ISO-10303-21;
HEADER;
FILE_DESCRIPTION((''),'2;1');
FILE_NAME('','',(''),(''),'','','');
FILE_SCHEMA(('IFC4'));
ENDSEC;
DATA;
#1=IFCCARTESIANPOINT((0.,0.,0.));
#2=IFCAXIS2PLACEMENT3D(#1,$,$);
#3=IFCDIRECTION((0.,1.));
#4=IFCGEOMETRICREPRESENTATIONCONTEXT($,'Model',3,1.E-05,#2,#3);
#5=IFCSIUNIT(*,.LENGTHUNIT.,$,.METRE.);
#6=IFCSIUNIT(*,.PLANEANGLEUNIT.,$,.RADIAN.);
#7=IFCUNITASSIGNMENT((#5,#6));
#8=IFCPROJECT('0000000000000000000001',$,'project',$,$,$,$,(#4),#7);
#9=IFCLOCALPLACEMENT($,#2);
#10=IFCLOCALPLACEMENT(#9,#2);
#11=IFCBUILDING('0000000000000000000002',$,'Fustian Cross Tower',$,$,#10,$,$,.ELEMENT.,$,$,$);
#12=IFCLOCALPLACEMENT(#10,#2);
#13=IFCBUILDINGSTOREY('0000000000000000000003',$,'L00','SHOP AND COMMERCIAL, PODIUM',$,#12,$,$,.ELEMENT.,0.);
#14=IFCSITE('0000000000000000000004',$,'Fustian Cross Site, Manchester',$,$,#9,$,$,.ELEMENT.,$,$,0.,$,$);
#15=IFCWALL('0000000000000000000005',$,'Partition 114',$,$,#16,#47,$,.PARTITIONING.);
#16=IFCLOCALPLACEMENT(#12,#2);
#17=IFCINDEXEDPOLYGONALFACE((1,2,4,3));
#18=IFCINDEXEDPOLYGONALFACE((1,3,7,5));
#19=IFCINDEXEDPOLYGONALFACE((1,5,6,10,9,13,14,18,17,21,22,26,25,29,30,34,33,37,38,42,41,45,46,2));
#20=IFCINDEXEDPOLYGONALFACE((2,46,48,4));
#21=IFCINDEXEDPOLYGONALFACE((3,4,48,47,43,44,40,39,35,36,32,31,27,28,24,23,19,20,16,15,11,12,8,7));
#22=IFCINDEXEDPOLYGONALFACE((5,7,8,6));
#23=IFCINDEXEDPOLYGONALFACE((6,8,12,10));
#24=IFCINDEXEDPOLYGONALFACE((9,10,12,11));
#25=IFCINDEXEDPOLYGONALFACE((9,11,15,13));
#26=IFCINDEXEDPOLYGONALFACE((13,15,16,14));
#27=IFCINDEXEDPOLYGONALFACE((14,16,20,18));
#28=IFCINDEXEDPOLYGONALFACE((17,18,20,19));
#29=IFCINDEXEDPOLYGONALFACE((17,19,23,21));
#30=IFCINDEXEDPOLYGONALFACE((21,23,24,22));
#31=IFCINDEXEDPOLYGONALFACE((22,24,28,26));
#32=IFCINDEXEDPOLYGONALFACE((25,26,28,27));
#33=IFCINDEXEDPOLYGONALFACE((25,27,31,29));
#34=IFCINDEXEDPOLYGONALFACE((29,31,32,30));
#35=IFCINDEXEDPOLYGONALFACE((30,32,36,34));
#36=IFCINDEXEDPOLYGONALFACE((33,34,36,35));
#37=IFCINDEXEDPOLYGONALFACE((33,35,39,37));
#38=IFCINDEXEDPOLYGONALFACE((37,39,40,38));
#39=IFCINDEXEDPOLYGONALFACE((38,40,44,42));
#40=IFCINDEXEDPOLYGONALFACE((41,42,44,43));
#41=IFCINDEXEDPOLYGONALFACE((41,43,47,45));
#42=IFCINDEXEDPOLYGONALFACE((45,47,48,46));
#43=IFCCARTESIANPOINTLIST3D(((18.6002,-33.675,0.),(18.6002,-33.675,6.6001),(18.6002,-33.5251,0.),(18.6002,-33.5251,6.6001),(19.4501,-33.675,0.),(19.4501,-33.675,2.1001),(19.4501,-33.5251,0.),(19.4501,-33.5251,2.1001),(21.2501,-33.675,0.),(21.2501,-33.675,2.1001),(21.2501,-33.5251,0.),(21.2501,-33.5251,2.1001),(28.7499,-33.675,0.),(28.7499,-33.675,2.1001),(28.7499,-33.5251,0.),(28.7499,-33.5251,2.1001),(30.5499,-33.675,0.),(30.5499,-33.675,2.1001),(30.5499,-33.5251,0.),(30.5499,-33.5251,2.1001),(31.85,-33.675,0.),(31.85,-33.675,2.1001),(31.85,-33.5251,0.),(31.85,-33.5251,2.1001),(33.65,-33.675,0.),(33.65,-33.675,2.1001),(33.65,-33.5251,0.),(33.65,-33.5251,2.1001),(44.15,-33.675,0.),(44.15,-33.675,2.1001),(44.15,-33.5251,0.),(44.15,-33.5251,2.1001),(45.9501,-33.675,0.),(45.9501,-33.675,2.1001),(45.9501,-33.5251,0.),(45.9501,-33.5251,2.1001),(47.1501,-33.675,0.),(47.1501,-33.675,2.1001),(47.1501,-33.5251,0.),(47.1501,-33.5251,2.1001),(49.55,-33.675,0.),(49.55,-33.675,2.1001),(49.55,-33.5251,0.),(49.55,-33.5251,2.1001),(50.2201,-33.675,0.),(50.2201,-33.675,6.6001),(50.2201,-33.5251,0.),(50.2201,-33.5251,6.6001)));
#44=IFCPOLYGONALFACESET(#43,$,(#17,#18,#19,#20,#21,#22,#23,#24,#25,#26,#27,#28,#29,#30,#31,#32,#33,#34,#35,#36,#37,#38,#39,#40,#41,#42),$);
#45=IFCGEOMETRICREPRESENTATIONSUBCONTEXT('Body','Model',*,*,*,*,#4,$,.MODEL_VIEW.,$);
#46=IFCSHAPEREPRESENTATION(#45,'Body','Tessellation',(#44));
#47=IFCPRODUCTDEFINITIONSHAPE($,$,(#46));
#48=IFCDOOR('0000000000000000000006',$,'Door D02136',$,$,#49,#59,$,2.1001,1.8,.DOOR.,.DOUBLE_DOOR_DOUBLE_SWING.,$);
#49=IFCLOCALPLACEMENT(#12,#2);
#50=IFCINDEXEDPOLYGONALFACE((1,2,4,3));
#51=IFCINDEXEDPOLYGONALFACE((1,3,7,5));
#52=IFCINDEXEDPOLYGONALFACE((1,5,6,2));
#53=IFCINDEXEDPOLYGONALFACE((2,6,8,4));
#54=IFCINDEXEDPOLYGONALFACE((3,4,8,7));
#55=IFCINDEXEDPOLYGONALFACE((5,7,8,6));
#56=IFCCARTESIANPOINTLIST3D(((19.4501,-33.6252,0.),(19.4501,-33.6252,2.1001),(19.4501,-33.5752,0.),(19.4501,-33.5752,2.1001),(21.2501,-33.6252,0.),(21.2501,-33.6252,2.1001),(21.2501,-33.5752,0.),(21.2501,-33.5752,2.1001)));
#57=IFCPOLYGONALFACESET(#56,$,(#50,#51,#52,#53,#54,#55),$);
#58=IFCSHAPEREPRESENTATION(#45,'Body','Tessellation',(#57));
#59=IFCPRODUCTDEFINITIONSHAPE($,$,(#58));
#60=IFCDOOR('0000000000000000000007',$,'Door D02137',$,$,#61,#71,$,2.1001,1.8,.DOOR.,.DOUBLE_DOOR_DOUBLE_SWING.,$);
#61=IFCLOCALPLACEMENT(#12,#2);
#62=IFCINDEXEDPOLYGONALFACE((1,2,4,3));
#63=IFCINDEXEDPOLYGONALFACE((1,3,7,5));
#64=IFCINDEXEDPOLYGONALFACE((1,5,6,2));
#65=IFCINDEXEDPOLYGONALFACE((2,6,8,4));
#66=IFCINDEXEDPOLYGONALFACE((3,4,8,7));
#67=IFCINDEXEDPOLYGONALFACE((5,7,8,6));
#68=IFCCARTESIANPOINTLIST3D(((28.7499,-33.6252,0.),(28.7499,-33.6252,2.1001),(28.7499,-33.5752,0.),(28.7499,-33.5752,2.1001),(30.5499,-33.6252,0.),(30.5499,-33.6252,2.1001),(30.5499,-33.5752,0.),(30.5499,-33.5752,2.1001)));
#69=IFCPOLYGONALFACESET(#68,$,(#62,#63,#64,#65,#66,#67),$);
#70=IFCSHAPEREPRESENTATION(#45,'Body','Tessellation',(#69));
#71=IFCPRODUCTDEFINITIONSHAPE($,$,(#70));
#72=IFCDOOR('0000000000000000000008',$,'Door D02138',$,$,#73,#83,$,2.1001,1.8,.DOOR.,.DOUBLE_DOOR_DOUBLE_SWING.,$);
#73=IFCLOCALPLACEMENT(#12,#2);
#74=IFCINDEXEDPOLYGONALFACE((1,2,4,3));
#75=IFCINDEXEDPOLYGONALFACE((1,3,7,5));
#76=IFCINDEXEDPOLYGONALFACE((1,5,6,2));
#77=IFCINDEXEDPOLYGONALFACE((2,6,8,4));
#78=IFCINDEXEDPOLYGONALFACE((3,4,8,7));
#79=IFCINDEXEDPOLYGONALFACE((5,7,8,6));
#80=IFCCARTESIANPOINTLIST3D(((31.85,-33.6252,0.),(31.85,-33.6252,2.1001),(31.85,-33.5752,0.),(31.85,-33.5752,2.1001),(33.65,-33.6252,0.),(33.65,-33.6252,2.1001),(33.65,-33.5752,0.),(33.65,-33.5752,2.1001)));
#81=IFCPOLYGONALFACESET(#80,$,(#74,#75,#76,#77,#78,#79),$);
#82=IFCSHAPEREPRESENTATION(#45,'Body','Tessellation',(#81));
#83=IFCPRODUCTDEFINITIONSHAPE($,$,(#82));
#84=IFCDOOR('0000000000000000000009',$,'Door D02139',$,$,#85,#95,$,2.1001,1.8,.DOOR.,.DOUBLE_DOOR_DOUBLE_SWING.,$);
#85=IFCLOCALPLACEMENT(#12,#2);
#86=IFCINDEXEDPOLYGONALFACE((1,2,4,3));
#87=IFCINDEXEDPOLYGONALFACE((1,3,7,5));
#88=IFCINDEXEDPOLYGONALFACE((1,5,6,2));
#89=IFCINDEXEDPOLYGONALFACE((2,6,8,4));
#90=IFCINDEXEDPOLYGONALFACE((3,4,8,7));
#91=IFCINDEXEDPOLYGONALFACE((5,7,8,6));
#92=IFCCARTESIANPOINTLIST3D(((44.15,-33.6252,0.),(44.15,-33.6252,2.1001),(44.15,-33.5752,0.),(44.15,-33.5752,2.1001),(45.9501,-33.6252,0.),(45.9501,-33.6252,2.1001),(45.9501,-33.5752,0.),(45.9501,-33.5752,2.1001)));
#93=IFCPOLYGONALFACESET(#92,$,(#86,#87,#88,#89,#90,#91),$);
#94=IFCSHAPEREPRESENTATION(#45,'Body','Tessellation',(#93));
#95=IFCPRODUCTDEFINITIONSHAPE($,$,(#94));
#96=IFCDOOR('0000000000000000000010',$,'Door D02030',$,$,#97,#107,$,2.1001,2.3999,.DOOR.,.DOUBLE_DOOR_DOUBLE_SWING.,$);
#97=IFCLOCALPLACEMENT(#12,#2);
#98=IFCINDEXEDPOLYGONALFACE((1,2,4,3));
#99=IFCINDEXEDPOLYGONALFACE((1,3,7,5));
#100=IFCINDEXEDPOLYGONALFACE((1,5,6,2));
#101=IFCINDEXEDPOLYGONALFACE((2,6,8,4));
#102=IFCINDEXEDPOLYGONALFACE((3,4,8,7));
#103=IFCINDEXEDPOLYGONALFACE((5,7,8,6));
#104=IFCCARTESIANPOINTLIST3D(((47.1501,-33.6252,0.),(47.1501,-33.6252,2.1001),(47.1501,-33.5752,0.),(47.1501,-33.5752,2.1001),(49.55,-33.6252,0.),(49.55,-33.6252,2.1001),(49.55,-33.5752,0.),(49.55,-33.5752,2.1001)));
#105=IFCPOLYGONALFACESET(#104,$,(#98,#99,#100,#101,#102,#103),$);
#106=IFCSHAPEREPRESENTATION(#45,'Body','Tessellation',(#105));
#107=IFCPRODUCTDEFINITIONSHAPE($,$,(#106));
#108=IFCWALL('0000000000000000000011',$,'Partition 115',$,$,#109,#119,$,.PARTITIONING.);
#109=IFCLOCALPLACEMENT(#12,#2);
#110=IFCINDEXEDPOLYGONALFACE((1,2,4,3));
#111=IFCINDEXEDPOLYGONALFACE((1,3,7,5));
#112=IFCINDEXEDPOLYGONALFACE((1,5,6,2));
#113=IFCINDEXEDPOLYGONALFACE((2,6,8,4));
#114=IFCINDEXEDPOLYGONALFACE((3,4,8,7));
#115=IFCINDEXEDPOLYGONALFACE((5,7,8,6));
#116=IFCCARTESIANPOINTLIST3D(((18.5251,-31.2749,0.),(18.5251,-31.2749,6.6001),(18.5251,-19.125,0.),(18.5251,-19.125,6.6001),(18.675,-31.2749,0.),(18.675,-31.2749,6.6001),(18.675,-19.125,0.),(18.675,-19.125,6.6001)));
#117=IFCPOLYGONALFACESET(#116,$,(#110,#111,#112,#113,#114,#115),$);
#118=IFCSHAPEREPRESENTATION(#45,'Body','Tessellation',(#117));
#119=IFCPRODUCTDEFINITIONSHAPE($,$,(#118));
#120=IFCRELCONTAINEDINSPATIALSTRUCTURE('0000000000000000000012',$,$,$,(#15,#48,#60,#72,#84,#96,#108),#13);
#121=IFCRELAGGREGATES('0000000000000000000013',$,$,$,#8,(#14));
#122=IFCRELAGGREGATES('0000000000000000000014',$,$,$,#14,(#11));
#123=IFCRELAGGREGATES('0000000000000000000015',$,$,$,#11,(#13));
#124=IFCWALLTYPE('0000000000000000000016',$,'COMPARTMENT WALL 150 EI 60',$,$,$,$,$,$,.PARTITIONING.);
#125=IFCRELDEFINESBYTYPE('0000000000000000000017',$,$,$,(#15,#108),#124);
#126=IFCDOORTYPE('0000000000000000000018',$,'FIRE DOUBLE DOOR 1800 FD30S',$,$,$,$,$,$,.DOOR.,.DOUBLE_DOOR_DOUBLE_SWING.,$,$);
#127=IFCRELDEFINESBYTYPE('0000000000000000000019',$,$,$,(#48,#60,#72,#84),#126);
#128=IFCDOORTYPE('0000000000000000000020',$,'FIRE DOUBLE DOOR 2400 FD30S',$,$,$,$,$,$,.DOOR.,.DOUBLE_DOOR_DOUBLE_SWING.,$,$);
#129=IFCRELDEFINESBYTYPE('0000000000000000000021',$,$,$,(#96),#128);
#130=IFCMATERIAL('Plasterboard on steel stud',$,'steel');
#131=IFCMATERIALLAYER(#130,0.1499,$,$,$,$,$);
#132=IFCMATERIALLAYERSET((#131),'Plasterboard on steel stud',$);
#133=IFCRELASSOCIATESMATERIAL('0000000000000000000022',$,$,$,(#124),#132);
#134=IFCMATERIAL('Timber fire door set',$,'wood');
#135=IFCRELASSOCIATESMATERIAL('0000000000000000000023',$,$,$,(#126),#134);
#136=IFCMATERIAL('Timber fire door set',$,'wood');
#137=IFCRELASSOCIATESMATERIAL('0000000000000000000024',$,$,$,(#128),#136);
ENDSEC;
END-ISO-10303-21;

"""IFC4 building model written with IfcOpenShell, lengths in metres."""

from ifc_helpers import new_model, si_unit, direction, frame, frame_2d, origin, place, context, subcontext, project, spatial, rectangle, extrude, material, layer, layer_set, type_object, element, fill, save


model = new_model("IFC4")

# Units and contexts
model_context = context("Model", 3, precision=1e-05, world=origin(), true_north=direction((0.0, 1.0)))
body_context = subcontext(model_context, "Body", "Model", "MODEL_VIEW")
ifc_project = project(units=[si_unit("LENGTHUNIT", "METRE"), si_unit("PLANEANGLEUNIT", "RADIAN")], contexts=[model_context])

# Site, building, storey
site_placement = place(None, origin())
site = spatial("IfcSite", under=ifc_project, at=site_placement, Name="Fustian Cross Site, Manchester", CompositionType="ELEMENT", RefElevation=0.0)
building_placement = place(site_placement, origin())
building = spatial("IfcBuilding", under=site, at=building_placement, Name="Fustian Cross Tower", CompositionType="ELEMENT")
storey_placement = place(building_placement, origin())
storey = spatial("IfcBuildingStorey", under=building, at=storey_placement, Name="L00", Description="SHOP AND COMMERCIAL, PODIUM", CompositionType="ELEMENT", Elevation=0.0)

# Wall, openings, doors
ifc_material_1 = material(Name="Plasterboard on steel stud", Category="steel")
ifc_layer = layer(ifc_material_1, 0.1499)
ifc_layer_set = layer_set([ifc_layer], Name="Plasterboard on steel stud")
wall_type = type_object("IfcWallType", Name="COMPARTMENT WALL 150 EI 60", PredefinedType="PARTITIONING", material=ifc_layer_set)
ifc_material_2 = material(Name="Timber fire door set", Category="wood")
door_type_1 = type_object("IfcDoorType", Name="FIRE DOUBLE DOOR 1800 FD30S", OperationType="DOUBLE_DOOR_DOUBLE_SWING", PredefinedType="DOOR", material=ifc_material_2)
wall_1_placement = place(storey_placement, frame((18.6001, -33.6001, 0.0), z_axis=(0.0, 0.0, 1.0), x_axis=(1.0, 0.0, 0.0)))
wall_1 = element("IfcWall", 1, at=wall_1_placement, inside=storey, type_object=wall_type, Name="Partition 114", PredefinedType="PARTITIONING", context=body_context, shape_type="SweptSolid", body=[
    extrude(rectangle(XDim=31.6199, YDim=0.1499, at=frame_2d((15.8101, 0.0))), origin(), (0.0, 0.0, 1.0), 6.6001),
])
opening_1_placement = place(wall_1_placement, frame((28.55, 0.0, 0.0)))
opening_1 = element("IfcOpeningElement", 2, at=opening_1_placement, cuts=wall_1, PredefinedType="OPENING", context=body_context, shape_type="SweptSolid", body=[
    extrude(rectangle(XDim=2.3999, YDim=2.1001, at=frame_2d((1.2, 1.05))), frame((0.0, 0.085, 0.0), z_axis=(0.0, -1.0, 0.0), x_axis=(1.0, 0.0, 0.0)), (0.0, 0.0, 1.0), 0.1699),
])
opening_2_placement = place(wall_1_placement, frame((0.8501, 0.0, 0.0)))
opening_2 = element("IfcOpeningElement", 3, at=opening_2_placement, cuts=wall_1, PredefinedType="OPENING", context=body_context, shape_type="SweptSolid", body=[
    extrude(rectangle(XDim=1.8, YDim=2.1001, at=frame_2d((0.8999, 1.05))), frame((0.0, 0.085, 0.0), z_axis=(0.0, -1.0, 0.0), x_axis=(1.0, 0.0, 0.0)), (0.0, 0.0, 1.0), 0.1699),
])
opening_3_placement = place(wall_1_placement, frame((10.1499, 0.0, 0.0)))
opening_3 = element("IfcOpeningElement", 4, at=opening_3_placement, cuts=wall_1, PredefinedType="OPENING", context=body_context, shape_type="SweptSolid", body=[
    extrude(rectangle(XDim=1.8, YDim=2.1001, at=frame_2d((0.8999, 1.05))), frame((0.0, 0.085, 0.0), z_axis=(0.0, -1.0, 0.0), x_axis=(1.0, 0.0, 0.0)), (0.0, 0.0, 1.0), 0.1699),
])
opening_4_placement = place(wall_1_placement, frame((13.25, 0.0, 0.0)))
opening_4 = element("IfcOpeningElement", 5, at=opening_4_placement, cuts=wall_1, PredefinedType="OPENING", context=body_context, shape_type="SweptSolid", body=[
    extrude(rectangle(XDim=1.8, YDim=2.1001, at=frame_2d((0.8999, 1.05))), frame((0.0, 0.085, 0.0), z_axis=(0.0, -1.0, 0.0), x_axis=(1.0, 0.0, 0.0)), (0.0, 0.0, 1.0), 0.1699),
])
opening_5_placement = place(wall_1_placement, frame((25.55, 0.0, 0.0)))
opening_5 = element("IfcOpeningElement", 6, at=opening_5_placement, cuts=wall_1, PredefinedType="OPENING", context=body_context, shape_type="SweptSolid", body=[
    extrude(rectangle(XDim=1.8, YDim=2.1001, at=frame_2d((0.8999, 1.05))), frame((0.0, 0.085, 0.0), z_axis=(0.0, -1.0, 0.0), x_axis=(1.0, 0.0, 0.0)), (0.0, 0.0, 1.0), 0.1699),
])
door_1_placement = place(opening_2_placement, origin())
door_1 = element("IfcDoor", 7, at=door_1_placement, inside=storey, type_object=door_type_1, Name="Door D02136", OperationType="DOUBLE_DOOR_DOUBLE_SWING", OverallHeight=2.1001, OverallWidth=1.8, PredefinedType="DOOR", context=body_context, shape_type="SweptSolid", body=[
    extrude(rectangle(XDim=1.8, YDim=2.1001, at=frame_2d((0.8999, 1.05))), frame((0.0, 0.0249, 0.0), z_axis=(0.0, -1.0, 0.0), x_axis=(1.0, 0.0, 0.0)), (0.0, 0.0, 1.0), 0.05),
])
fill(opening_2, door_1)
door_2_placement = place(opening_3_placement, origin())
door_2 = element("IfcDoor", 8, at=door_2_placement, inside=storey, type_object=door_type_1, Name="Door D02137", OperationType="DOUBLE_DOOR_DOUBLE_SWING", OverallHeight=2.1001, OverallWidth=1.8, PredefinedType="DOOR", context=body_context, shape_type="SweptSolid", body=[
    extrude(rectangle(XDim=1.8, YDim=2.1001, at=frame_2d((0.8999, 1.05))), frame((0.0, 0.0249, 0.0), z_axis=(0.0, -1.0, 0.0), x_axis=(1.0, 0.0, 0.0)), (0.0, 0.0, 1.0), 0.05),
])
fill(opening_3, door_2)
door_3_placement = place(opening_4_placement, origin())
door_3 = element("IfcDoor", 9, at=door_3_placement, inside=storey, type_object=door_type_1, Name="Door D02138", OperationType="DOUBLE_DOOR_DOUBLE_SWING", OverallHeight=2.1001, OverallWidth=1.8, PredefinedType="DOOR", context=body_context, shape_type="SweptSolid", body=[
    extrude(rectangle(XDim=1.8, YDim=2.1001, at=frame_2d((0.8999, 1.05))), frame((0.0, 0.0249, 0.0), z_axis=(0.0, -1.0, 0.0), x_axis=(1.0, 0.0, 0.0)), (0.0, 0.0, 1.0), 0.05),
])
fill(opening_4, door_3)
door_4_placement = place(opening_5_placement, origin())
door_4 = element("IfcDoor", 10, at=door_4_placement, inside=storey, type_object=door_type_1, Name="Door D02139", OperationType="DOUBLE_DOOR_DOUBLE_SWING", OverallHeight=2.1001, OverallWidth=1.8, PredefinedType="DOOR", context=body_context, shape_type="SweptSolid", body=[
    extrude(rectangle(XDim=1.8, YDim=2.1001, at=frame_2d((0.8999, 1.05))), frame((0.0, 0.0249, 0.0), z_axis=(0.0, -1.0, 0.0), x_axis=(1.0, 0.0, 0.0)), (0.0, 0.0, 1.0), 0.05),
])
fill(opening_5, door_4)
ifc_material_3 = material(Name="Timber fire door set", Category="wood")
door_type_2 = type_object("IfcDoorType", Name="FIRE DOUBLE DOOR 2400 FD30S", OperationType="DOUBLE_DOOR_DOUBLE_SWING", PredefinedType="DOOR", material=ifc_material_3)
door_5_placement = place(opening_1_placement, origin())
door_5 = element("IfcDoor", 11, at=door_5_placement, inside=storey, type_object=door_type_2, Name="Door D02030", OperationType="DOUBLE_DOOR_DOUBLE_SWING", OverallHeight=2.1001, OverallWidth=2.3999, PredefinedType="DOOR", context=body_context, shape_type="SweptSolid", body=[
    extrude(rectangle(XDim=2.3999, YDim=2.1001, at=frame_2d((1.2, 1.05))), frame((0.0, 0.0249, 0.0), z_axis=(0.0, -1.0, 0.0), x_axis=(1.0, 0.0, 0.0)), (0.0, 0.0, 1.0), 0.05),
])
fill(opening_1, door_5)

# Wall
wall_2_placement = place(storey_placement, frame((18.6001, -31.2749, 0.0), z_axis=(0.0, 0.0, 1.0), x_axis=(0.0, 1.0, 0.0)))
element("IfcWall", 12, at=wall_2_placement, inside=storey, type_object=wall_type, Name="Partition 115", PredefinedType="PARTITIONING", context=body_context, shape_type="SweptSolid", body=[
    extrude(rectangle(XDim=12.1499, YDim=0.1499, at=frame_2d((6.075, 0.0))), origin(), (0.0, 0.0, 1.0), 6.6001),
])

save(model, "model.ifc")
